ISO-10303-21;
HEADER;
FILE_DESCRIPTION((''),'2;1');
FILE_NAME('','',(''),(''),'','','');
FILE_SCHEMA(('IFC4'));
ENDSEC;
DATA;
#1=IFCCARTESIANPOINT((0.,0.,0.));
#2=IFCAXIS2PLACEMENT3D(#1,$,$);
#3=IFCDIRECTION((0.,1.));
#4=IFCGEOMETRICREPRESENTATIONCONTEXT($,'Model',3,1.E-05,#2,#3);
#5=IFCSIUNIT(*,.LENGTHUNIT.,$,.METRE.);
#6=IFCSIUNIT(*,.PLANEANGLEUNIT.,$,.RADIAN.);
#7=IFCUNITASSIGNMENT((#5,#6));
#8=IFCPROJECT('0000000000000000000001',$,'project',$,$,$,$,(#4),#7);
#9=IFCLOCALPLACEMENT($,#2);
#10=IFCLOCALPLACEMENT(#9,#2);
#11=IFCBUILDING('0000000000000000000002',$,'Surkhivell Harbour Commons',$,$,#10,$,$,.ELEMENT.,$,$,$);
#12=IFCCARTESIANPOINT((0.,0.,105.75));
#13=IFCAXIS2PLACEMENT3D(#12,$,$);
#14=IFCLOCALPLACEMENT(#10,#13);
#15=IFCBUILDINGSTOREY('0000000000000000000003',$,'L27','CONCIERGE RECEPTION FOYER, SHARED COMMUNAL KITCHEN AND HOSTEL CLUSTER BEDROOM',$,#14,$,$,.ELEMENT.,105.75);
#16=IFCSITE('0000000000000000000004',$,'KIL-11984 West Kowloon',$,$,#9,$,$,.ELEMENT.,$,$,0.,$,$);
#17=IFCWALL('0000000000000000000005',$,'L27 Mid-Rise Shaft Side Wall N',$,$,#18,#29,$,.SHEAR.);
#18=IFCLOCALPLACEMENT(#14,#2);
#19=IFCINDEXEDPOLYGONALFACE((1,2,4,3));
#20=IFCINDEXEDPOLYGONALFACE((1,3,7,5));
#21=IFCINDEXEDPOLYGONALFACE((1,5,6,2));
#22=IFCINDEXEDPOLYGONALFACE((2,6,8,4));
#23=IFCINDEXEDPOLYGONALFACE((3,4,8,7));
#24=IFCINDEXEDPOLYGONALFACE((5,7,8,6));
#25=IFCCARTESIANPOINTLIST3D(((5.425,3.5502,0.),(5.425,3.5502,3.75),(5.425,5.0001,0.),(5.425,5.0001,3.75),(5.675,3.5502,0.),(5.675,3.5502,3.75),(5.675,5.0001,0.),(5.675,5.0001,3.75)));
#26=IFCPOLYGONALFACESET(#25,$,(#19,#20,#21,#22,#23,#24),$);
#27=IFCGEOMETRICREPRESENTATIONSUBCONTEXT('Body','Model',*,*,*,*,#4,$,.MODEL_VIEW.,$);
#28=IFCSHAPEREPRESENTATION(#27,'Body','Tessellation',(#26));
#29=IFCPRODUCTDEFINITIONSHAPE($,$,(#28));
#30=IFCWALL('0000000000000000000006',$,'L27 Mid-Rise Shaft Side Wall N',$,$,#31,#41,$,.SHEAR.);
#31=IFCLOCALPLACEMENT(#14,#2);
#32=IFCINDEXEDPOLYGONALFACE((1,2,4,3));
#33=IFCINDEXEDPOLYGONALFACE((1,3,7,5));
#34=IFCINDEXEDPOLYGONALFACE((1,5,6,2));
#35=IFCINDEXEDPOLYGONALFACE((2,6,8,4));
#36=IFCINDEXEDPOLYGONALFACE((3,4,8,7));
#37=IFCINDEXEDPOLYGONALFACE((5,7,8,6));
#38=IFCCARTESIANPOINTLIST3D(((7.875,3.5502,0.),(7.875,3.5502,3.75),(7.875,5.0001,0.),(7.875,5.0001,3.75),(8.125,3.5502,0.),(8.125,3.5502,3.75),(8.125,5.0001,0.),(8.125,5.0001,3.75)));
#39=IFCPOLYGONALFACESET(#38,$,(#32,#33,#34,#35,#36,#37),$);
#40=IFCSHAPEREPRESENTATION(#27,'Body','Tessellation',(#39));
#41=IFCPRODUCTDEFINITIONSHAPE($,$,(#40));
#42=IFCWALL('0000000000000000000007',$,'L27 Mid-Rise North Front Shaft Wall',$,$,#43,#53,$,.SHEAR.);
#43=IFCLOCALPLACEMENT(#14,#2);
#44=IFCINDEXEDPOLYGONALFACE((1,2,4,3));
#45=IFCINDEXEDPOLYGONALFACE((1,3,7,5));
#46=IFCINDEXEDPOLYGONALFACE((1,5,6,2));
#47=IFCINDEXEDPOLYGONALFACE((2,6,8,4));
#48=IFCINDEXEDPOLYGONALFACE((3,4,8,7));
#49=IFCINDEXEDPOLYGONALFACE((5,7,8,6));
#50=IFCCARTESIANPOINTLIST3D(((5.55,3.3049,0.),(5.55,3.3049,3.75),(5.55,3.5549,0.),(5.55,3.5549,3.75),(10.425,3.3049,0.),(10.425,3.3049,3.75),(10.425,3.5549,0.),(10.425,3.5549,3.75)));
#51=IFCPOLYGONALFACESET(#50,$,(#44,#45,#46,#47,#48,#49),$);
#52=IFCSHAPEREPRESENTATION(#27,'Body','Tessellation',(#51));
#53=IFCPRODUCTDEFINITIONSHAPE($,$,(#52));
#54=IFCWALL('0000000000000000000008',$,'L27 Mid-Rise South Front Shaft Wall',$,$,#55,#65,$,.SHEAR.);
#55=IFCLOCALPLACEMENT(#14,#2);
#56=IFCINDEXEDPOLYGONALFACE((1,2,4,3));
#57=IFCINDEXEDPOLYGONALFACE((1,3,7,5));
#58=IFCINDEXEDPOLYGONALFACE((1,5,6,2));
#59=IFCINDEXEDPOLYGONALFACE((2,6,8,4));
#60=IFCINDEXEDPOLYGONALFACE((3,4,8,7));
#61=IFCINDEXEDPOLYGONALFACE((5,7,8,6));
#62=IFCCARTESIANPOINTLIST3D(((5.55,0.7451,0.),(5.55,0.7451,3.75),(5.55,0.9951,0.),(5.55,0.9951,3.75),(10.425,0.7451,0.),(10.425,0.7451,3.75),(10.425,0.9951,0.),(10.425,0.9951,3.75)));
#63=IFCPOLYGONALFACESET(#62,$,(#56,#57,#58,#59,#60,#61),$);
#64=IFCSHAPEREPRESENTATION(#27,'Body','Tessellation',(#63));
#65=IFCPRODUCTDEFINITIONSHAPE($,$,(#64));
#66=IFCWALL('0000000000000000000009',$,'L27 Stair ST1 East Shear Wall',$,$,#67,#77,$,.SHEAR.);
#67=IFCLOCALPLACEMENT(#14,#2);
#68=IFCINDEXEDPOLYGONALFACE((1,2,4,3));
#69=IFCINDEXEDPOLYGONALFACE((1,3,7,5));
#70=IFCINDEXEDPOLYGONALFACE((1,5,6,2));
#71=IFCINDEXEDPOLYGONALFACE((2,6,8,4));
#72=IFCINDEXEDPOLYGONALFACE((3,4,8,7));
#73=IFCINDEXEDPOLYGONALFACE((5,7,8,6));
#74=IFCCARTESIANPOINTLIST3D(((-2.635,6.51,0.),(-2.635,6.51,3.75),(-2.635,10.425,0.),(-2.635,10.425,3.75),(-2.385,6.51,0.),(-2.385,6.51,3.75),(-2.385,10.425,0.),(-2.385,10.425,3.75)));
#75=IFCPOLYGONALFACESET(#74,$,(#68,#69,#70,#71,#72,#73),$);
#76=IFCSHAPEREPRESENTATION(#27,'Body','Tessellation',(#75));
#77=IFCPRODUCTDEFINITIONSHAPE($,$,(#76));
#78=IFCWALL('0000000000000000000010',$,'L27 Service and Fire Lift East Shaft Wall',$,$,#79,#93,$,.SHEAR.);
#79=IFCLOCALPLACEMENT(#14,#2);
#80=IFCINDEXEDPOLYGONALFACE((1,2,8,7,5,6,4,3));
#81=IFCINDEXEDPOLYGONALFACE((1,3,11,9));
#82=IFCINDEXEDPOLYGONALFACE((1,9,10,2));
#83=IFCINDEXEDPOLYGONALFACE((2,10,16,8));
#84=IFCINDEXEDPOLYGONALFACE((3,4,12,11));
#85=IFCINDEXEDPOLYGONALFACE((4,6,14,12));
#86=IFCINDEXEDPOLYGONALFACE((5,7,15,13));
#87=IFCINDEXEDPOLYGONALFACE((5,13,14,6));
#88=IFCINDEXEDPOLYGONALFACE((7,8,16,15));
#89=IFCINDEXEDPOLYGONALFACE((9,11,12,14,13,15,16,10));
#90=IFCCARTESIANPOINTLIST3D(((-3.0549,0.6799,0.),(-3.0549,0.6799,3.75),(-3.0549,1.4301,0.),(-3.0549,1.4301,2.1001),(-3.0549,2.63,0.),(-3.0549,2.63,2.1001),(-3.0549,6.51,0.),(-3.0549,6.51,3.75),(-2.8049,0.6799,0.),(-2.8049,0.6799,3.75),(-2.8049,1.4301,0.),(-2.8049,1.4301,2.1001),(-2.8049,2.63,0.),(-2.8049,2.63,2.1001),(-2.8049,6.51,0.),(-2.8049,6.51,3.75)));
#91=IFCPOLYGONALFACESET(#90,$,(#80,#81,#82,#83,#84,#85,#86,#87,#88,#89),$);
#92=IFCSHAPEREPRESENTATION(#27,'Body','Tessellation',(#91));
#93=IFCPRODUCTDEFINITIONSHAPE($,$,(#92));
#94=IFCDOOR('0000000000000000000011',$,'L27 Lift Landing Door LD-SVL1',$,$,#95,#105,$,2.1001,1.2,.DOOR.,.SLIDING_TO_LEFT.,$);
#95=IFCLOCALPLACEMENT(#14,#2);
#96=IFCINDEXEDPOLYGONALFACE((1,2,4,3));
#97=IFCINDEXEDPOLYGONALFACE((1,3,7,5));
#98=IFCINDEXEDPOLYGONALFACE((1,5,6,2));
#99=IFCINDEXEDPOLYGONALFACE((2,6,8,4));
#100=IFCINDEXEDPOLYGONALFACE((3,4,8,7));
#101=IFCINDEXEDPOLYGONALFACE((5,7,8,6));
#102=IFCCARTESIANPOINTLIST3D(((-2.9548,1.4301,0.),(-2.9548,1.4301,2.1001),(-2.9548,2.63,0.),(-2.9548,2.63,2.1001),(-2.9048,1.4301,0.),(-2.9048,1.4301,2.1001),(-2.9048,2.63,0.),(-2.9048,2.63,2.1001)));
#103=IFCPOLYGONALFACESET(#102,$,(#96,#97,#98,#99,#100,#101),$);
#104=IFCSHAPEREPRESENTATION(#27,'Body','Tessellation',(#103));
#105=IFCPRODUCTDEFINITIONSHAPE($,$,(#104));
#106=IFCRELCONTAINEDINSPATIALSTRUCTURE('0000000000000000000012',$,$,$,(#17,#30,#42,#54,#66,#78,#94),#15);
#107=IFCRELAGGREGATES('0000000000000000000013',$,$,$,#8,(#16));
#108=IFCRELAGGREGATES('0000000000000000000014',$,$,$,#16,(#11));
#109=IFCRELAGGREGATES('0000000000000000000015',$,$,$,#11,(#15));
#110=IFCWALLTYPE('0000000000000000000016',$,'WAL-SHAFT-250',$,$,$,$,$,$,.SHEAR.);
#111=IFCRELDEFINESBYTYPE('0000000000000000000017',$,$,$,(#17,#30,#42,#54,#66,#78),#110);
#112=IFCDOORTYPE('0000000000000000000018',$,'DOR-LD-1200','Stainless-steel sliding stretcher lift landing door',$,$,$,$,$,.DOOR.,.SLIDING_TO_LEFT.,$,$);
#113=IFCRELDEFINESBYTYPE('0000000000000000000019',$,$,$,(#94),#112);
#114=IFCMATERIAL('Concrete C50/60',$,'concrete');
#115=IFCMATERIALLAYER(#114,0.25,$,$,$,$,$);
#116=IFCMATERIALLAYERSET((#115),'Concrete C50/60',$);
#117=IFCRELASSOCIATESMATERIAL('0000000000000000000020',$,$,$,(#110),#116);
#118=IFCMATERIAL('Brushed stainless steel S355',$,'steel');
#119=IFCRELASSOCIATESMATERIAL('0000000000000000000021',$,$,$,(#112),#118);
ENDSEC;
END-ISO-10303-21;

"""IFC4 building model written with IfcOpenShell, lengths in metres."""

from ifc_helpers import new_model, si_unit, direction, frame, frame_2d, origin, place, context, subcontext, project, spatial, rectangle, extrude, material, layer, layer_set, type_object, element, fill, save


model = new_model("IFC4")

# Units and contexts
model_context = context("Model", 3, precision=1e-05, world=origin(), true_north=direction((0.0, 1.0)))
body_context = subcontext(model_context, "Body", "Model", "MODEL_VIEW")
ifc_project = project(units=[si_unit("LENGTHUNIT", "METRE"), si_unit("PLANEANGLEUNIT", "RADIAN")], contexts=[model_context])

# Site, building, storey
site_placement = place(None, origin())
site = spatial("IfcSite", under=ifc_project, at=site_placement, Name="KIL-11984 West Kowloon", CompositionType="ELEMENT", RefElevation=0.0)
building_placement = place(site_placement, origin())
building = spatial("IfcBuilding", under=site, at=building_placement, Name="Surkhivell Harbour Commons", CompositionType="ELEMENT")
storey_placement = place(building_placement, frame((0.0, 0.0, 105.75)))
storey = spatial("IfcBuildingStorey", under=building, at=storey_placement, Name="L27", Description="CONCIERGE RECEPTION FOYER, SHARED COMMUNAL KITCHEN AND HOSTEL CLUSTER BEDROOM", CompositionType="ELEMENT", Elevation=105.75)

# Shared definitions
ifc_material_1 = material(Name="Concrete C50/60", Category="concrete")
ifc_layer_1 = layer(ifc_material_1, 0.25)
ifc_layer_set_1 = layer_set([ifc_layer_1], Name="Concrete C50/60")
wall_type_1 = type_object("IfcWallType", Name="WAL-SHAFT-250", PredefinedType="SHEAR", material=ifc_layer_set_1)

# Shared definitions
ifc_material_2 = material(Name="Brushed stainless steel S355", Category="steel")

# Walls
for number, where, z_axis, x_axis, name in (
    (1, (5.55, 3.55, 0.0), (0.0, 0.0, 1.0), (0.0, 1.0, 0.0), "L27 Mid-Rise Shaft Side Wall N"),
    (2, (8.0, 3.55, 0.0), (0.0, 0.0, 1.0), (0.0, 1.0, 0.0), "L27 Mid-Rise Shaft Side Wall N"),
):
    element("IfcWall", number, at=place(storey_placement, frame(where, z_axis=z_axis, x_axis=x_axis)), inside=storey, type_object=wall_type_1, Name=name, PredefinedType="SHEAR", context=body_context, shape_type="SweptSolid", body=[
        extrude(rectangle(XDim=1.45, YDim=0.25, at=frame_2d((0.7251, 0.0))), origin(), (0.0, 0.0, 1.0), 3.75),
    ])
for number, where, z_axis, x_axis, name in (
    (3, (5.55, 3.4299, 0.0), (0.0, 0.0, 1.0), (1.0, 0.0, 0.0), "L27 Mid-Rise North Front Shaft Wall"),
    (4, (5.55, 0.8701, 0.0), (0.0, 0.0, 1.0), (1.0, 0.0, 0.0), "L27 Mid-Rise South Front Shaft Wall"),
):
    element("IfcWall", number, at=place(storey_placement, frame(where, z_axis=z_axis, x_axis=x_axis)), inside=storey, type_object=wall_type_1, Name=name, PredefinedType="SHEAR", context=body_context, shape_type="SweptSolid", body=[
        extrude(rectangle(XDim=4.875, YDim=0.25, at=frame_2d((2.4375, 0.0))), origin(), (0.0, 0.0, 1.0), 3.75),
    ])
wall_1_placement = place(storey_placement, frame((-2.51, 6.51, 0.0), z_axis=(0.0, 0.0, 1.0), x_axis=(0.0, 1.0, 0.0)))
element("IfcWall", 5, at=wall_1_placement, inside=storey, type_object=wall_type_1, Name="L27 Stair ST1 East Shear Wall", PredefinedType="SHEAR", context=body_context, shape_type="SweptSolid", body=[
    extrude(rectangle(XDim=3.915, YDim=0.25, at=frame_2d((1.9575, 0.0))), origin(), (0.0, 0.0, 1.0), 3.75),
])

# Wall, opening, door
wall_2_placement = place(storey_placement, frame((-2.9299, 0.6799, 0.0), z_axis=(0.0, 0.0, 1.0), x_axis=(0.0, 1.0, 0.0)))
wall_2 = element("IfcWall", 6, at=wall_2_placement, inside=storey, type_object=wall_type_1, Name="L27 Service and Fire Lift East Shaft Wall", PredefinedType="SHEAR", context=body_context, shape_type="SweptSolid", body=[
    extrude(rectangle(XDim=5.8301, YDim=0.25, at=frame_2d((2.915, 0.0))), origin(), (0.0, 0.0, 1.0), 3.75),
])
opening_1_placement = place(wall_2_placement, frame((0.75, 0.0, 0.0)))
opening_1 = element("IfcOpeningElement", 7, at=opening_1_placement, cuts=wall_2, PredefinedType="OPENING", context=body_context, shape_type="SweptSolid", body=[
    extrude(rectangle(XDim=1.2, YDim=2.1001, at=frame_2d((0.6001, 1.05))), frame((0.0, 0.135, 0.0), z_axis=(0.0, -1.0, 0.0), x_axis=(1.0, 0.0, 0.0)), (0.0, 0.0, 1.0), 0.27),
])
door_type_1 = type_object("IfcDoorType", Name="DOR-LD-1200", Description="Stainless-steel sliding stretcher lift landing door", OperationType="SLIDING_TO_LEFT", PredefinedType="DOOR", material=ifc_material_2)
door_1_placement = place(opening_1_placement, origin())
door_1 = element("IfcDoor", 8, at=door_1_placement, inside=storey, type_object=door_type_1, Name="L27 Lift Landing Door LD-SVL1", OperationType="SLIDING_TO_LEFT", OverallHeight=2.1001, OverallWidth=1.2, PredefinedType="DOOR", context=body_context, shape_type="SweptSolid", body=[
    extrude(rectangle(XDim=1.2, YDim=2.1001, at=frame_2d((0.6001, 1.05))), frame((0.0, 0.0249, 0.0), z_axis=(0.0, -1.0, 0.0), x_axis=(1.0, 0.0, 0.0)), (0.0, 0.0, 1.0), 0.05),
])
fill(opening_1, door_1)

save(model, "model.ifc")
